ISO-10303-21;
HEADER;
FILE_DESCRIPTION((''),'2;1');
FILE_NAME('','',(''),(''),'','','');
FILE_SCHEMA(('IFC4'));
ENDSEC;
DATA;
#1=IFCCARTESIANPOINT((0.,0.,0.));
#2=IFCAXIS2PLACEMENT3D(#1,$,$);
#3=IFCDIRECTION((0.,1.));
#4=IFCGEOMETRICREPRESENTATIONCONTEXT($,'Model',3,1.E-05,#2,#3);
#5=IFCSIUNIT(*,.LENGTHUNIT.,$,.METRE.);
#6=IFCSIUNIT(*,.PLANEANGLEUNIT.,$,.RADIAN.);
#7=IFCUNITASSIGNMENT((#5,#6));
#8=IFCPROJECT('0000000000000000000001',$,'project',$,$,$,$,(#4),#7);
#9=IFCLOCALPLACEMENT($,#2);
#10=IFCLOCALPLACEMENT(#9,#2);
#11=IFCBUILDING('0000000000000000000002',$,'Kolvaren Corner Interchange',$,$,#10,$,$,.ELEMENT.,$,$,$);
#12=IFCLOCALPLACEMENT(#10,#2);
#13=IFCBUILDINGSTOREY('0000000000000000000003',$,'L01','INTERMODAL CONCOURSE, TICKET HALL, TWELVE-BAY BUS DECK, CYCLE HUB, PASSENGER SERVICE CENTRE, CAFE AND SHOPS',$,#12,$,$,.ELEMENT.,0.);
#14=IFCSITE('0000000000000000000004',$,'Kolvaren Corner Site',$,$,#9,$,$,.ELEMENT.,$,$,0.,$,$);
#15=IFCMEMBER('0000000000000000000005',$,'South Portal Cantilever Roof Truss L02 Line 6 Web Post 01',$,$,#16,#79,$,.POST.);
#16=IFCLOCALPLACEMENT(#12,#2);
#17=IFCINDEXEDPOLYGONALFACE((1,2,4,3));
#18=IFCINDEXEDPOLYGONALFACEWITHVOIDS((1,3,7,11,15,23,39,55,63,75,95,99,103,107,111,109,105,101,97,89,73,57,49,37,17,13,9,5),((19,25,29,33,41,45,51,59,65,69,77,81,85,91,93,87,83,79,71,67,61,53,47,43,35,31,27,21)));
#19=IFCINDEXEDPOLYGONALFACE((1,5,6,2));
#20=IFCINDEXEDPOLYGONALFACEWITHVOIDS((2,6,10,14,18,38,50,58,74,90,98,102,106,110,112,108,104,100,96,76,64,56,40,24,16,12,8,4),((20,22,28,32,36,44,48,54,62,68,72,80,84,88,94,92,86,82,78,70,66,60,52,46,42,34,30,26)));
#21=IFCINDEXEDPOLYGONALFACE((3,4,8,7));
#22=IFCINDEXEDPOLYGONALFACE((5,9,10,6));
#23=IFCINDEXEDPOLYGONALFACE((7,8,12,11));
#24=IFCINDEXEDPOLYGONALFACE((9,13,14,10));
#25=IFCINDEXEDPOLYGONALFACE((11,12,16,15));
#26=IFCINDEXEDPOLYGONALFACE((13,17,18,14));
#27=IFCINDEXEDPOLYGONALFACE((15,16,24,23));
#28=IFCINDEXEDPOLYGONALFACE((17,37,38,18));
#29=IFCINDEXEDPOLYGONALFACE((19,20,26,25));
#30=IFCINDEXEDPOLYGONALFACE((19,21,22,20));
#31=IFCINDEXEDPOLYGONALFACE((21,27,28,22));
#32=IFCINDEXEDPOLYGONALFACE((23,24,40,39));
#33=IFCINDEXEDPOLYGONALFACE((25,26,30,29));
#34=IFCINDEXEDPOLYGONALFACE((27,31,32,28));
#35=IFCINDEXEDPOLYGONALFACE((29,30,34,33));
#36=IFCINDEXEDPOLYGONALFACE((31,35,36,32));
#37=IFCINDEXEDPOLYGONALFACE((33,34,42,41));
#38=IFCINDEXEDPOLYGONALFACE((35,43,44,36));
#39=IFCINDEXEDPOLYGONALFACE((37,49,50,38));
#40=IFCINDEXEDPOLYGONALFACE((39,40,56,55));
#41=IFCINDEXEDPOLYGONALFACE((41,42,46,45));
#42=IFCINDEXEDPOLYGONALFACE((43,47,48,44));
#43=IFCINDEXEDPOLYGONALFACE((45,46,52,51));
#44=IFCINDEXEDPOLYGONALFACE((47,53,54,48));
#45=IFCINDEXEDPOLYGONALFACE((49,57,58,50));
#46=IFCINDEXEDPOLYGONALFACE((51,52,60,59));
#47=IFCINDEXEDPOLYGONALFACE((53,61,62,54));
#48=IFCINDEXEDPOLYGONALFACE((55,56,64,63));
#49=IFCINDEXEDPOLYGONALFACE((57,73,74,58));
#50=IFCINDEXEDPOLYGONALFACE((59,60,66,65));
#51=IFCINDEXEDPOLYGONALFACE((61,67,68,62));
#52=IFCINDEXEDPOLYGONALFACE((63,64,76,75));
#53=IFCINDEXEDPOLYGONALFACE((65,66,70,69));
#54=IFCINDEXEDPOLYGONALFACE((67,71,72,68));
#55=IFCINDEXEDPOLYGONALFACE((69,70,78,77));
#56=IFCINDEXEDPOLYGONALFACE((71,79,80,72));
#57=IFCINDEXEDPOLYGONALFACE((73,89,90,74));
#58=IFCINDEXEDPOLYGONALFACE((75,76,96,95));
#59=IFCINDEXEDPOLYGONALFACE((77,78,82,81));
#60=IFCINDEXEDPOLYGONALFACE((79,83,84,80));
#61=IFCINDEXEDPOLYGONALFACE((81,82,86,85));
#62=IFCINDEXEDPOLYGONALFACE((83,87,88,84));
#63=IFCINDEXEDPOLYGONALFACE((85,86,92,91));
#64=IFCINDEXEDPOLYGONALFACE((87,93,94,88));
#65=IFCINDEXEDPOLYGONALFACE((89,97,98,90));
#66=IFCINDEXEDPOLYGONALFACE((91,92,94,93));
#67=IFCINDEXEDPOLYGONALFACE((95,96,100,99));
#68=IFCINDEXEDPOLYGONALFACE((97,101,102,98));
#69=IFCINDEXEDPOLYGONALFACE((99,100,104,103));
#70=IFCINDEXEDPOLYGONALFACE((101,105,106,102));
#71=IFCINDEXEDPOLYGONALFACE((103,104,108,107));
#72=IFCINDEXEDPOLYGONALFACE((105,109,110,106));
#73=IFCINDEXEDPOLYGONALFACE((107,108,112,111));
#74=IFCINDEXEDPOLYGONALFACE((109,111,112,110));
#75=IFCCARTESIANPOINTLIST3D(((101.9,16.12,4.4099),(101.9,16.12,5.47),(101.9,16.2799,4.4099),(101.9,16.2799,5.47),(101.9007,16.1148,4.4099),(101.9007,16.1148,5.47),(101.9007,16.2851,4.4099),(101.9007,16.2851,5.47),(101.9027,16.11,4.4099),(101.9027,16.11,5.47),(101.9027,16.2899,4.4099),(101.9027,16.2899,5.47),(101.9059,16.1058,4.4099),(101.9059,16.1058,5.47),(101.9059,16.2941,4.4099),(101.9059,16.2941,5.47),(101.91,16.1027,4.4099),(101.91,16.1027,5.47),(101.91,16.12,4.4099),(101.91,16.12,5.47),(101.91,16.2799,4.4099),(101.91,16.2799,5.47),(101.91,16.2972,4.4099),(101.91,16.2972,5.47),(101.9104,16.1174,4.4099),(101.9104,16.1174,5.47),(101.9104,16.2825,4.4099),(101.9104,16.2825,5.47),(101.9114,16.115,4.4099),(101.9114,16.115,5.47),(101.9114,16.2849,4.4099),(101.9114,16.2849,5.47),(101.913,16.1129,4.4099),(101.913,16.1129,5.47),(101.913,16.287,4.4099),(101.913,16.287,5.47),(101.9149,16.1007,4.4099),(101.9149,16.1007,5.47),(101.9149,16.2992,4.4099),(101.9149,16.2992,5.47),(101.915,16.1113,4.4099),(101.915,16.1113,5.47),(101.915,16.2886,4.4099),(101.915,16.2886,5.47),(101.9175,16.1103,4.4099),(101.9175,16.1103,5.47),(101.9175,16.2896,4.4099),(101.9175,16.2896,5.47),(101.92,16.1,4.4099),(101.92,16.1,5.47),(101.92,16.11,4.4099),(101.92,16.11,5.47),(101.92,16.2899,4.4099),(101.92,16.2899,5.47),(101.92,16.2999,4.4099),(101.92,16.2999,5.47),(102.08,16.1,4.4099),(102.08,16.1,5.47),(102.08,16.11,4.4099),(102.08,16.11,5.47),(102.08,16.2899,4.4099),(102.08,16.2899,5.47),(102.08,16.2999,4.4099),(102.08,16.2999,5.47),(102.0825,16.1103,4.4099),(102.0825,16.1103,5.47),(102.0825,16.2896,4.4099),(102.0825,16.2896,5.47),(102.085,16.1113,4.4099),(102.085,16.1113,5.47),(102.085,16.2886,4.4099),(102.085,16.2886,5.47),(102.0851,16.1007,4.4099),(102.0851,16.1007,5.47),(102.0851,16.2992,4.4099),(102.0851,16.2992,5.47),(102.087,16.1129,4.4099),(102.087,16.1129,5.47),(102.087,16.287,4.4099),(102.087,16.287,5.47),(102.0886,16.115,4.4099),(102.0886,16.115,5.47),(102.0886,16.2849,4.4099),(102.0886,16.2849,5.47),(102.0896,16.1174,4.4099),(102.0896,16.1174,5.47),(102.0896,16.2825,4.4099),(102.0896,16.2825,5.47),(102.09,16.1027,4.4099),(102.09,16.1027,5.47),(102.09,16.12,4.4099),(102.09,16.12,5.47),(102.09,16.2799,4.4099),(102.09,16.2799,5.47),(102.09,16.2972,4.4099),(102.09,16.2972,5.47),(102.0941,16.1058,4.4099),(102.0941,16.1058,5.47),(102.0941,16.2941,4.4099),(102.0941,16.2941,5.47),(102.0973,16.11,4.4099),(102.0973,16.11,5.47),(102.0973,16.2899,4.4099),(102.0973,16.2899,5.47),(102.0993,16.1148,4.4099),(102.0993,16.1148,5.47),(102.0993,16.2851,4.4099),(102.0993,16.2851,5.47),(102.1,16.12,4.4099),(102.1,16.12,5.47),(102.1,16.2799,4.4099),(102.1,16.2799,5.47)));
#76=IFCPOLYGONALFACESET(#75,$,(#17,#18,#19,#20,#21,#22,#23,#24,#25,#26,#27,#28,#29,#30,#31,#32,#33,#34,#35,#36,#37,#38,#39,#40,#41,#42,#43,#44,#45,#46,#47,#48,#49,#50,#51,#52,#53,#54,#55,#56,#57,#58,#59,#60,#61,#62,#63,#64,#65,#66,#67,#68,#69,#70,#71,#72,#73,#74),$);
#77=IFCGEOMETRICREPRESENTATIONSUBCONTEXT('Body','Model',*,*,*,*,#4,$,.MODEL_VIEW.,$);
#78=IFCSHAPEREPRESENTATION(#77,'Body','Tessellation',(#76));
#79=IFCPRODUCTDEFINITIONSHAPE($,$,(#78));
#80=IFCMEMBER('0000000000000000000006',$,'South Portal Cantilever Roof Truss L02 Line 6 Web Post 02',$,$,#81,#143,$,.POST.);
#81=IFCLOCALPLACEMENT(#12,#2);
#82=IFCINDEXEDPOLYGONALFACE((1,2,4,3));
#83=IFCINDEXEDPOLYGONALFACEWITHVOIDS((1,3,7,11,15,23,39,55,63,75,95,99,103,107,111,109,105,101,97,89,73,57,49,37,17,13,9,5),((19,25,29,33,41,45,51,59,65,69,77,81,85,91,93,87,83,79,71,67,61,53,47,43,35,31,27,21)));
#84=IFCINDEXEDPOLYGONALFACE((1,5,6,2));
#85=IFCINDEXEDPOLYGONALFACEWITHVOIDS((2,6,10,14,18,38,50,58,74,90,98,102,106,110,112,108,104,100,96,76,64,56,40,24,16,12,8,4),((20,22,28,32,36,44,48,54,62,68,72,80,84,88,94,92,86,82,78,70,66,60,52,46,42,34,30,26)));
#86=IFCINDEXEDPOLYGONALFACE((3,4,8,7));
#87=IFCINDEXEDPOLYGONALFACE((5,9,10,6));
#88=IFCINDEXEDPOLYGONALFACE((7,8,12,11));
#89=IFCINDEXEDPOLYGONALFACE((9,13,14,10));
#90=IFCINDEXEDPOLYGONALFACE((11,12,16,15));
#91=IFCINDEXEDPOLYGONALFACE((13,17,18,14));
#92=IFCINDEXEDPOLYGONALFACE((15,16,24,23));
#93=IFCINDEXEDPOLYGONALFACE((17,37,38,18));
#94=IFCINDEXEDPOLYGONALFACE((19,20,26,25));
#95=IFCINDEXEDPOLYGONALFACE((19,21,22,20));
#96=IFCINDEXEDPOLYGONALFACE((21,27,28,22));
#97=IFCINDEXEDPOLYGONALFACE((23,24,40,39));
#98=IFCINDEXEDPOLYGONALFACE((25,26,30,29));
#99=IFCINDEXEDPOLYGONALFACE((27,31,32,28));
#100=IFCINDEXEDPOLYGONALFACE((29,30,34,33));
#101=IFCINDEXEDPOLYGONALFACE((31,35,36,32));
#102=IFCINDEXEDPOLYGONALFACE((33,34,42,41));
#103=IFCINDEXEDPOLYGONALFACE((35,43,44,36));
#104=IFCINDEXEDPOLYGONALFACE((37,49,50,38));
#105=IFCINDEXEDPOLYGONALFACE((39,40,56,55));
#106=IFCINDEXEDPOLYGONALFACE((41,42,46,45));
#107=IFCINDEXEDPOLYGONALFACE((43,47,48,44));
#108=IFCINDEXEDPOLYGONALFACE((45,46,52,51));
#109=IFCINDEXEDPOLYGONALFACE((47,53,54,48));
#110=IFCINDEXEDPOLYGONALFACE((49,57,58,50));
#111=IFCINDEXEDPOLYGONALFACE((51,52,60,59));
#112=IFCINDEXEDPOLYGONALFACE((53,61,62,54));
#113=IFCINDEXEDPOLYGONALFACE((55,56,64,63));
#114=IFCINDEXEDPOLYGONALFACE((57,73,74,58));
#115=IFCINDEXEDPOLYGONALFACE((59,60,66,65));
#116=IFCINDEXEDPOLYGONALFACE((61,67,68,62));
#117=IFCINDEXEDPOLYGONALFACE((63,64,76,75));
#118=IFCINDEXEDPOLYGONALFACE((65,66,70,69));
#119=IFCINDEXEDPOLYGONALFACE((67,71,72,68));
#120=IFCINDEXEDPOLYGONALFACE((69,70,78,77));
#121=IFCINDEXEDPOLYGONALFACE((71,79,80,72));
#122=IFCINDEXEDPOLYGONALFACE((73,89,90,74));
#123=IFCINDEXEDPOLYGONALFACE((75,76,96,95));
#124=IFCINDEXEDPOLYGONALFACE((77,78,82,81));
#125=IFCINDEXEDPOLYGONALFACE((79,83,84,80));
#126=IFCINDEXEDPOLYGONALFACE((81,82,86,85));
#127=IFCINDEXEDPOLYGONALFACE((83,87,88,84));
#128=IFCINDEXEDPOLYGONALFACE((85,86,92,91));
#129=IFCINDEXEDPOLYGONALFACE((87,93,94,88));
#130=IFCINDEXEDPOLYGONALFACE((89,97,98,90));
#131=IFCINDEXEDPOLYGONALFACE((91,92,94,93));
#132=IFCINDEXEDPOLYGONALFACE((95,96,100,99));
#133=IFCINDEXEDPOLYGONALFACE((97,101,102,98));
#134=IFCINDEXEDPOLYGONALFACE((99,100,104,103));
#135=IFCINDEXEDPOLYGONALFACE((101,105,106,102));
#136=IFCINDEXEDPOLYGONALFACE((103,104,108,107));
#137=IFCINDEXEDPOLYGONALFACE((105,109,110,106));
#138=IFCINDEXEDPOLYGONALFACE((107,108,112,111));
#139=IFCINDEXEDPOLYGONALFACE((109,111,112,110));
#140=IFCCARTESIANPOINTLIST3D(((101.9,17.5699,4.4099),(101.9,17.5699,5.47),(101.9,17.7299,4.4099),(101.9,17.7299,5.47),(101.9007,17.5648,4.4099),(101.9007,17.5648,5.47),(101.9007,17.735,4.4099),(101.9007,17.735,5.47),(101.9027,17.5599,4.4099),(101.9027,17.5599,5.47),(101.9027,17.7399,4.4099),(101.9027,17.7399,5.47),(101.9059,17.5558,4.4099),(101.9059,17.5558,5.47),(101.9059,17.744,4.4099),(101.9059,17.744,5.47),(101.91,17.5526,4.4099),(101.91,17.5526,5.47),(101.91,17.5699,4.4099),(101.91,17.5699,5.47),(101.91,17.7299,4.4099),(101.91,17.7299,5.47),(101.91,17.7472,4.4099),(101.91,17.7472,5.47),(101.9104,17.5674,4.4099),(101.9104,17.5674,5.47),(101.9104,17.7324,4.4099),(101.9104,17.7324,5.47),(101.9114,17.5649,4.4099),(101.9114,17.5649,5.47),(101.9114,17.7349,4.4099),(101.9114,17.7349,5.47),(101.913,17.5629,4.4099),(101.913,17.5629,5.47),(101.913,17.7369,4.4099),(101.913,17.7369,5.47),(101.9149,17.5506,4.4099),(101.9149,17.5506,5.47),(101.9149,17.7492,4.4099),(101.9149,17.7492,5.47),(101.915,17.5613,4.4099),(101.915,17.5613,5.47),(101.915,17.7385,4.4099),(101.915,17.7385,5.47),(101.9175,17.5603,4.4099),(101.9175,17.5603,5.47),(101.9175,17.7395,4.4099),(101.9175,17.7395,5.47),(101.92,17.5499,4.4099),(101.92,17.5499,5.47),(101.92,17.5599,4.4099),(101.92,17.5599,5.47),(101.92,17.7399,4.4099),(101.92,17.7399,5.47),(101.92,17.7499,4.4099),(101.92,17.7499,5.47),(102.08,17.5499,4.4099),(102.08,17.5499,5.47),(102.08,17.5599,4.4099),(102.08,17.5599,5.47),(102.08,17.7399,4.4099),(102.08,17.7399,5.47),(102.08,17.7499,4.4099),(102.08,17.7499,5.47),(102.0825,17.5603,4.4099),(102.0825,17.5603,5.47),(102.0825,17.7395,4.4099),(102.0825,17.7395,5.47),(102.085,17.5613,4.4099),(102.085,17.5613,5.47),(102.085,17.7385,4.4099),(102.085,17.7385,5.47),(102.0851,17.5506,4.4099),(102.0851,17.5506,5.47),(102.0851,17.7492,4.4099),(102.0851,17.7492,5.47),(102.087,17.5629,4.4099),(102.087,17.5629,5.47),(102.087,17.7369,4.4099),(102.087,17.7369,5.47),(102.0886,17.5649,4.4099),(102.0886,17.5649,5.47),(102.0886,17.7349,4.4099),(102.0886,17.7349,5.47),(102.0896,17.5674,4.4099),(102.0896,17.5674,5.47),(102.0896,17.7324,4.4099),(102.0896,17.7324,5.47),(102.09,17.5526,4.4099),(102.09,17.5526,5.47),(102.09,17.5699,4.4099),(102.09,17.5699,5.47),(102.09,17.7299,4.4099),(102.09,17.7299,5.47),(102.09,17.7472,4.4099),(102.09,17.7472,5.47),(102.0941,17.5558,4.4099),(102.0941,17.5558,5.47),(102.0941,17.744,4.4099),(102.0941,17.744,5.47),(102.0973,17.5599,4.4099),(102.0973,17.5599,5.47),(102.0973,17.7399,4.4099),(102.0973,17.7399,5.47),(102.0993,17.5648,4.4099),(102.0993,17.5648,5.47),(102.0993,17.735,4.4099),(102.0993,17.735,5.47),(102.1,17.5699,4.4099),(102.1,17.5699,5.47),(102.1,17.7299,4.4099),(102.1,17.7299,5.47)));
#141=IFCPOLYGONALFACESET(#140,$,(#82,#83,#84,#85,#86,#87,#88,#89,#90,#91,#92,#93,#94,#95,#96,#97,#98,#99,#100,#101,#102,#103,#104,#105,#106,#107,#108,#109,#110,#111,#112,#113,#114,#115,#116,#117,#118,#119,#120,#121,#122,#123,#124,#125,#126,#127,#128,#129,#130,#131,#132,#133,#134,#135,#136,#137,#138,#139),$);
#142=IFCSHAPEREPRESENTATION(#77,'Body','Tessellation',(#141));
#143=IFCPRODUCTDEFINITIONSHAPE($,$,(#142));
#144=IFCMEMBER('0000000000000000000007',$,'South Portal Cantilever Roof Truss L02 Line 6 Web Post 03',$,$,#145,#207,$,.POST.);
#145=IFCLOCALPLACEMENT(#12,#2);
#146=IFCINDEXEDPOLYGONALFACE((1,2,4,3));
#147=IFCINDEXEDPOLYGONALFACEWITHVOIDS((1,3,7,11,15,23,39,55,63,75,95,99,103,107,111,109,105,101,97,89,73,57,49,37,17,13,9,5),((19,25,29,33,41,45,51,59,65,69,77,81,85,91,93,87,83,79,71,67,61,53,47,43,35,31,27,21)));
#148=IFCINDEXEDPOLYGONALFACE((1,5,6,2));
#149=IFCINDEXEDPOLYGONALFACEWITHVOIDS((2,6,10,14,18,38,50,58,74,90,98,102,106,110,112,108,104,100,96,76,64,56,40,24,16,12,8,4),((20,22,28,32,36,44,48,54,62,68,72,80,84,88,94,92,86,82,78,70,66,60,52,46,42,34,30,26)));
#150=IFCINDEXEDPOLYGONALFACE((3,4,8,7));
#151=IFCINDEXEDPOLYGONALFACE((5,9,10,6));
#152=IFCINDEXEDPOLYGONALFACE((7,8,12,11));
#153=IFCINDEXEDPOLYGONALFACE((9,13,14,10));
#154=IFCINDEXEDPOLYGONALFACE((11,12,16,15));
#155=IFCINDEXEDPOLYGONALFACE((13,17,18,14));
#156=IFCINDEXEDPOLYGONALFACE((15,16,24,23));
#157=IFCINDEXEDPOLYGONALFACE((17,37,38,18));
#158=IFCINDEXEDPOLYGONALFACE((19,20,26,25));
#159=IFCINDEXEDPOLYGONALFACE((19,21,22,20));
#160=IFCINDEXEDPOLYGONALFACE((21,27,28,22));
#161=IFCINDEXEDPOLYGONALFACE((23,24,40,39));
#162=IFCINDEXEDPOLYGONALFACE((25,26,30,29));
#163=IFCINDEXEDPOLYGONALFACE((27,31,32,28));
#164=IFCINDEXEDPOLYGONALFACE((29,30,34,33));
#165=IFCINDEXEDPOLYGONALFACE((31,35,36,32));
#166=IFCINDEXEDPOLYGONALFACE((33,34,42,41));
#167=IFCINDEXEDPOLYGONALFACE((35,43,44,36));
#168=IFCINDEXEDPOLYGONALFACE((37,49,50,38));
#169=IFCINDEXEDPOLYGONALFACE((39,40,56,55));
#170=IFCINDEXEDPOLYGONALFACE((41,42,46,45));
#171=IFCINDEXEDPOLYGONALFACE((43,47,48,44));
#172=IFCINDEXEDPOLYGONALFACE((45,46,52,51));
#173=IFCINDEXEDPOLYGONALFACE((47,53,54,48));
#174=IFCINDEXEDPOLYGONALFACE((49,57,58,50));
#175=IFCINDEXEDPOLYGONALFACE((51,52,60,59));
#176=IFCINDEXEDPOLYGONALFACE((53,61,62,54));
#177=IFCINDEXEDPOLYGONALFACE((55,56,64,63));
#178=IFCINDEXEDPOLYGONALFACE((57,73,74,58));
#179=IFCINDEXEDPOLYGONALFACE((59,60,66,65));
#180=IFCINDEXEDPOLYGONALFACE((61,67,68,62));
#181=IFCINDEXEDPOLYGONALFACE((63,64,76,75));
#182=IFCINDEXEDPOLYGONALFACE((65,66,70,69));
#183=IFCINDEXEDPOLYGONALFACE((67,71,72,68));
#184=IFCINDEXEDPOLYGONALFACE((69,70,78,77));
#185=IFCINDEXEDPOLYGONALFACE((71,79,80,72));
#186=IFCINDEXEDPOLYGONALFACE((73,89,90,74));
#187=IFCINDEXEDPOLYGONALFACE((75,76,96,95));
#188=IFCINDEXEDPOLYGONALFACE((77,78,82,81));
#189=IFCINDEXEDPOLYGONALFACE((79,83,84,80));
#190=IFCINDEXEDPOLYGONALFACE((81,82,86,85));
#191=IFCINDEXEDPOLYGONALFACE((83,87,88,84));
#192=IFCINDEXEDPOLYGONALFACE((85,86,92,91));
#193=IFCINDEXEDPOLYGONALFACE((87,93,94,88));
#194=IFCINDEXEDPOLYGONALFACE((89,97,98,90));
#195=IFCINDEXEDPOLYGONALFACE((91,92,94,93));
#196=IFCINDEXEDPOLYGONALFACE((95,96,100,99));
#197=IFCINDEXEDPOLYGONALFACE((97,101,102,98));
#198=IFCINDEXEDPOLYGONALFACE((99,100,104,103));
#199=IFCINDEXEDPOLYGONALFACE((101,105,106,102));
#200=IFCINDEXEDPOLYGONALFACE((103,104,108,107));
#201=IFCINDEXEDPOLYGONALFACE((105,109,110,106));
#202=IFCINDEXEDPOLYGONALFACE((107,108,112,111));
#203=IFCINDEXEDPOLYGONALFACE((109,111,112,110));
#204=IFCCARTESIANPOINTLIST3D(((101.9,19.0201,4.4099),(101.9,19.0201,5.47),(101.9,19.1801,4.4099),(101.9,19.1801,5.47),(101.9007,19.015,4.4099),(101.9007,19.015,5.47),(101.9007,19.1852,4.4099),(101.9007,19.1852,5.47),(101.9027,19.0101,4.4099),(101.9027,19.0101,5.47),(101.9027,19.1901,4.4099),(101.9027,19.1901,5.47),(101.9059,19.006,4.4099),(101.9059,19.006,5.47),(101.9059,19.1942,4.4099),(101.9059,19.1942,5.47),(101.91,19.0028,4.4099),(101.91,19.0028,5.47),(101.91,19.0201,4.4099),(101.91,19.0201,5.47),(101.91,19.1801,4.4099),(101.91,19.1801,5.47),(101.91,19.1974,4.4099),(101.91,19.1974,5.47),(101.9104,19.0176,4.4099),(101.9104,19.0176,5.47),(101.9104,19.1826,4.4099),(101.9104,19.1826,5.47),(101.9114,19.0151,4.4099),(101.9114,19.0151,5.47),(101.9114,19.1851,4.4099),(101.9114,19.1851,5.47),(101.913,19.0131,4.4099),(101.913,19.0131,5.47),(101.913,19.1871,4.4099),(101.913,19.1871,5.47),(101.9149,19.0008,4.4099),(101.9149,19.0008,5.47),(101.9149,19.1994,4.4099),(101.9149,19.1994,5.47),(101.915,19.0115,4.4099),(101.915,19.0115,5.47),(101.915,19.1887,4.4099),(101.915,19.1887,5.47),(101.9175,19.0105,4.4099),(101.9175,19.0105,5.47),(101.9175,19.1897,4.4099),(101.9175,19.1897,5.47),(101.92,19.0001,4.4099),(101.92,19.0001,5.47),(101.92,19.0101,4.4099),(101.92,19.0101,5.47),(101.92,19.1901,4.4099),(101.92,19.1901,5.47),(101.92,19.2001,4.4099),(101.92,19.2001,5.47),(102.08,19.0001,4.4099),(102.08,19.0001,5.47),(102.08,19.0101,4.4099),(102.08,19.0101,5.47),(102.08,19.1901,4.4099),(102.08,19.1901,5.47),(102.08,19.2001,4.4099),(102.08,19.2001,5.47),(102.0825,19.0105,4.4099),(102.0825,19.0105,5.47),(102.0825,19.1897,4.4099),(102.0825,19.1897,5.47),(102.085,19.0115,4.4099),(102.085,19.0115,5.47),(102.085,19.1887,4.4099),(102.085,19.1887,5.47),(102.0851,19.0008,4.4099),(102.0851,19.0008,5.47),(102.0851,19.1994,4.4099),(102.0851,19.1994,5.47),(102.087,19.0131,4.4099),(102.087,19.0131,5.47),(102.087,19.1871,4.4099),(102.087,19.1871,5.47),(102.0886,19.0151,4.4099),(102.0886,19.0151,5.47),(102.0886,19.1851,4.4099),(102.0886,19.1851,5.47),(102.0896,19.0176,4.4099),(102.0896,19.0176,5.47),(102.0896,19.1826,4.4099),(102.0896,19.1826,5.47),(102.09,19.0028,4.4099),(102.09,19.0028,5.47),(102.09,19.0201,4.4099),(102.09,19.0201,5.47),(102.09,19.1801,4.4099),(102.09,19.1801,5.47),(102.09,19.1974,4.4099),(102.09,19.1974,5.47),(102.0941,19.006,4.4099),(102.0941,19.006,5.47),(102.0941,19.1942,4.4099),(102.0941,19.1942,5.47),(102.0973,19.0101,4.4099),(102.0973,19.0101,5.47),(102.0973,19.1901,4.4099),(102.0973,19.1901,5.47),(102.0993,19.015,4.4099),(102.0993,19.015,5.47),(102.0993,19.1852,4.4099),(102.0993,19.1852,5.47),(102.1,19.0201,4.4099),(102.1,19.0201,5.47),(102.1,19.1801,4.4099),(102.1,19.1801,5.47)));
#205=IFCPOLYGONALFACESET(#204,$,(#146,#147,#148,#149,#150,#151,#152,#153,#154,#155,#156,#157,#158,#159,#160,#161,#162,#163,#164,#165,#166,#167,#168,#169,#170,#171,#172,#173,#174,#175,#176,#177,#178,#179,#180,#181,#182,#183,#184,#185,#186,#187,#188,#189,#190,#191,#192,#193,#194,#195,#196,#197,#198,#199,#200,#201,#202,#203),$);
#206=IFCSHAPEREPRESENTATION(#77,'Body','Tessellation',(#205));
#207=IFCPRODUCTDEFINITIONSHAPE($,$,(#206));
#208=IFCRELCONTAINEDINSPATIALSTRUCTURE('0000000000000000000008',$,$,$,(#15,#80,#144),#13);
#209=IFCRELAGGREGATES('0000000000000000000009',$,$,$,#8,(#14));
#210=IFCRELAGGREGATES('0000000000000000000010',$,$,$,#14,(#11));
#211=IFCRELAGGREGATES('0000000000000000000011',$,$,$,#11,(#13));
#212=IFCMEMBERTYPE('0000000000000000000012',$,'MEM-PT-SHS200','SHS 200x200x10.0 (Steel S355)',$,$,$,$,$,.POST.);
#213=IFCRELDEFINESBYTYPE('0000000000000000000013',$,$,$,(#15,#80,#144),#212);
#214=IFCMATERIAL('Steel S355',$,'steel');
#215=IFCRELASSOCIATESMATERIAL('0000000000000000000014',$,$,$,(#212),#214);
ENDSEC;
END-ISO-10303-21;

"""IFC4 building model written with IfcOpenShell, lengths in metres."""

from ifc_helpers import new_model, si_unit, direction, frame, origin, origin_2d, place, context, subcontext, project, spatial, hollow_rectangle, extrude, material, material_profile, profile_set, type_object, element, save


model = new_model("IFC4")

# Units and contexts
model_context = context("Model", 3, precision=1e-05, world=origin(), true_north=direction((0.0, 1.0)))
body_context = subcontext(model_context, "Body", "Model", "MODEL_VIEW")
ifc_project = project(units=[si_unit("LENGTHUNIT", "METRE"), si_unit("PLANEANGLEUNIT", "RADIAN")], contexts=[model_context])

# Site, building, storey
site_placement = place(None, origin())
site = spatial("IfcSite", under=ifc_project, at=site_placement, Name="Kolvaren Corner Site", CompositionType="ELEMENT", RefElevation=0.0)
building_placement = place(site_placement, origin())
building = spatial("IfcBuilding", under=site, at=building_placement, Name="Kolvaren Corner Interchange", CompositionType="ELEMENT")
storey_placement = place(building_placement, origin())
storey = spatial("IfcBuildingStorey", under=building, at=storey_placement, Name="L01", Description="INTERMODAL CONCOURSE, TICKET HALL, TWELVE-BAY BUS DECK, CYCLE HUB, PASSENGER SERVICE CENTRE, CAFE AND SHOPS", CompositionType="ELEMENT", Elevation=0.0)

# Members
ifc_material_1 = material(Name="Steel S355", Category="steel")
ifc_material_profile_1 = material_profile(ifc_material_1, hollow_rectangle(XDim=0.2, YDim=0.2, WallThickness=0.01, InnerFilletRadius=0.01, OuterFilletRadius=0.02, at=origin_2d()), Name="SHS 200x200x10.0")
ifc_profile_set_1 = profile_set([ifc_material_profile_1], Name="Steel S355")
member_type_1 = type_object("IfcMemberType", Name="MEM-PT-SHS200", Description="SHS 200x200x10.0 (Steel S355)", PredefinedType="POST", material=ifc_profile_set_1)
for number, where, z_axis, x_axis, name in (
    (1, (102.0, 16.2, 4.4099), (0.0, 0.0, 1.0), (1.0, 0.0, 0.0), "South Portal Cantilever Roof Truss L02 Line 6 Web Post 01"),
    (2, (102.0, 17.6499, 4.4099), (0.0, 0.0, 1.0), (1.0, 0.0, 0.0), "South Portal Cantilever Roof Truss L02 Line 6 Web Post 02"),
    (3, (102.0, 19.1001, 4.4099), (0.0, 0.0, 1.0), (1.0, 0.0, 0.0), "South Portal Cantilever Roof Truss L02 Line 6 Web Post 03"),
):
    element("IfcMember", number, at=place(storey_placement, frame(where, z_axis=z_axis, x_axis=x_axis)), inside=storey, type_object=member_type_1, Name=name, PredefinedType="POST", context=body_context, shape_type="SweptSolid", body=[
        extrude(hollow_rectangle(XDim=0.2, YDim=0.2, WallThickness=0.01, InnerFilletRadius=0.01, OuterFilletRadius=0.02, at=origin_2d()), origin(), (0.0, 0.0, 1.0), 1.0601),
    ])

save(model, "model.ifc")
